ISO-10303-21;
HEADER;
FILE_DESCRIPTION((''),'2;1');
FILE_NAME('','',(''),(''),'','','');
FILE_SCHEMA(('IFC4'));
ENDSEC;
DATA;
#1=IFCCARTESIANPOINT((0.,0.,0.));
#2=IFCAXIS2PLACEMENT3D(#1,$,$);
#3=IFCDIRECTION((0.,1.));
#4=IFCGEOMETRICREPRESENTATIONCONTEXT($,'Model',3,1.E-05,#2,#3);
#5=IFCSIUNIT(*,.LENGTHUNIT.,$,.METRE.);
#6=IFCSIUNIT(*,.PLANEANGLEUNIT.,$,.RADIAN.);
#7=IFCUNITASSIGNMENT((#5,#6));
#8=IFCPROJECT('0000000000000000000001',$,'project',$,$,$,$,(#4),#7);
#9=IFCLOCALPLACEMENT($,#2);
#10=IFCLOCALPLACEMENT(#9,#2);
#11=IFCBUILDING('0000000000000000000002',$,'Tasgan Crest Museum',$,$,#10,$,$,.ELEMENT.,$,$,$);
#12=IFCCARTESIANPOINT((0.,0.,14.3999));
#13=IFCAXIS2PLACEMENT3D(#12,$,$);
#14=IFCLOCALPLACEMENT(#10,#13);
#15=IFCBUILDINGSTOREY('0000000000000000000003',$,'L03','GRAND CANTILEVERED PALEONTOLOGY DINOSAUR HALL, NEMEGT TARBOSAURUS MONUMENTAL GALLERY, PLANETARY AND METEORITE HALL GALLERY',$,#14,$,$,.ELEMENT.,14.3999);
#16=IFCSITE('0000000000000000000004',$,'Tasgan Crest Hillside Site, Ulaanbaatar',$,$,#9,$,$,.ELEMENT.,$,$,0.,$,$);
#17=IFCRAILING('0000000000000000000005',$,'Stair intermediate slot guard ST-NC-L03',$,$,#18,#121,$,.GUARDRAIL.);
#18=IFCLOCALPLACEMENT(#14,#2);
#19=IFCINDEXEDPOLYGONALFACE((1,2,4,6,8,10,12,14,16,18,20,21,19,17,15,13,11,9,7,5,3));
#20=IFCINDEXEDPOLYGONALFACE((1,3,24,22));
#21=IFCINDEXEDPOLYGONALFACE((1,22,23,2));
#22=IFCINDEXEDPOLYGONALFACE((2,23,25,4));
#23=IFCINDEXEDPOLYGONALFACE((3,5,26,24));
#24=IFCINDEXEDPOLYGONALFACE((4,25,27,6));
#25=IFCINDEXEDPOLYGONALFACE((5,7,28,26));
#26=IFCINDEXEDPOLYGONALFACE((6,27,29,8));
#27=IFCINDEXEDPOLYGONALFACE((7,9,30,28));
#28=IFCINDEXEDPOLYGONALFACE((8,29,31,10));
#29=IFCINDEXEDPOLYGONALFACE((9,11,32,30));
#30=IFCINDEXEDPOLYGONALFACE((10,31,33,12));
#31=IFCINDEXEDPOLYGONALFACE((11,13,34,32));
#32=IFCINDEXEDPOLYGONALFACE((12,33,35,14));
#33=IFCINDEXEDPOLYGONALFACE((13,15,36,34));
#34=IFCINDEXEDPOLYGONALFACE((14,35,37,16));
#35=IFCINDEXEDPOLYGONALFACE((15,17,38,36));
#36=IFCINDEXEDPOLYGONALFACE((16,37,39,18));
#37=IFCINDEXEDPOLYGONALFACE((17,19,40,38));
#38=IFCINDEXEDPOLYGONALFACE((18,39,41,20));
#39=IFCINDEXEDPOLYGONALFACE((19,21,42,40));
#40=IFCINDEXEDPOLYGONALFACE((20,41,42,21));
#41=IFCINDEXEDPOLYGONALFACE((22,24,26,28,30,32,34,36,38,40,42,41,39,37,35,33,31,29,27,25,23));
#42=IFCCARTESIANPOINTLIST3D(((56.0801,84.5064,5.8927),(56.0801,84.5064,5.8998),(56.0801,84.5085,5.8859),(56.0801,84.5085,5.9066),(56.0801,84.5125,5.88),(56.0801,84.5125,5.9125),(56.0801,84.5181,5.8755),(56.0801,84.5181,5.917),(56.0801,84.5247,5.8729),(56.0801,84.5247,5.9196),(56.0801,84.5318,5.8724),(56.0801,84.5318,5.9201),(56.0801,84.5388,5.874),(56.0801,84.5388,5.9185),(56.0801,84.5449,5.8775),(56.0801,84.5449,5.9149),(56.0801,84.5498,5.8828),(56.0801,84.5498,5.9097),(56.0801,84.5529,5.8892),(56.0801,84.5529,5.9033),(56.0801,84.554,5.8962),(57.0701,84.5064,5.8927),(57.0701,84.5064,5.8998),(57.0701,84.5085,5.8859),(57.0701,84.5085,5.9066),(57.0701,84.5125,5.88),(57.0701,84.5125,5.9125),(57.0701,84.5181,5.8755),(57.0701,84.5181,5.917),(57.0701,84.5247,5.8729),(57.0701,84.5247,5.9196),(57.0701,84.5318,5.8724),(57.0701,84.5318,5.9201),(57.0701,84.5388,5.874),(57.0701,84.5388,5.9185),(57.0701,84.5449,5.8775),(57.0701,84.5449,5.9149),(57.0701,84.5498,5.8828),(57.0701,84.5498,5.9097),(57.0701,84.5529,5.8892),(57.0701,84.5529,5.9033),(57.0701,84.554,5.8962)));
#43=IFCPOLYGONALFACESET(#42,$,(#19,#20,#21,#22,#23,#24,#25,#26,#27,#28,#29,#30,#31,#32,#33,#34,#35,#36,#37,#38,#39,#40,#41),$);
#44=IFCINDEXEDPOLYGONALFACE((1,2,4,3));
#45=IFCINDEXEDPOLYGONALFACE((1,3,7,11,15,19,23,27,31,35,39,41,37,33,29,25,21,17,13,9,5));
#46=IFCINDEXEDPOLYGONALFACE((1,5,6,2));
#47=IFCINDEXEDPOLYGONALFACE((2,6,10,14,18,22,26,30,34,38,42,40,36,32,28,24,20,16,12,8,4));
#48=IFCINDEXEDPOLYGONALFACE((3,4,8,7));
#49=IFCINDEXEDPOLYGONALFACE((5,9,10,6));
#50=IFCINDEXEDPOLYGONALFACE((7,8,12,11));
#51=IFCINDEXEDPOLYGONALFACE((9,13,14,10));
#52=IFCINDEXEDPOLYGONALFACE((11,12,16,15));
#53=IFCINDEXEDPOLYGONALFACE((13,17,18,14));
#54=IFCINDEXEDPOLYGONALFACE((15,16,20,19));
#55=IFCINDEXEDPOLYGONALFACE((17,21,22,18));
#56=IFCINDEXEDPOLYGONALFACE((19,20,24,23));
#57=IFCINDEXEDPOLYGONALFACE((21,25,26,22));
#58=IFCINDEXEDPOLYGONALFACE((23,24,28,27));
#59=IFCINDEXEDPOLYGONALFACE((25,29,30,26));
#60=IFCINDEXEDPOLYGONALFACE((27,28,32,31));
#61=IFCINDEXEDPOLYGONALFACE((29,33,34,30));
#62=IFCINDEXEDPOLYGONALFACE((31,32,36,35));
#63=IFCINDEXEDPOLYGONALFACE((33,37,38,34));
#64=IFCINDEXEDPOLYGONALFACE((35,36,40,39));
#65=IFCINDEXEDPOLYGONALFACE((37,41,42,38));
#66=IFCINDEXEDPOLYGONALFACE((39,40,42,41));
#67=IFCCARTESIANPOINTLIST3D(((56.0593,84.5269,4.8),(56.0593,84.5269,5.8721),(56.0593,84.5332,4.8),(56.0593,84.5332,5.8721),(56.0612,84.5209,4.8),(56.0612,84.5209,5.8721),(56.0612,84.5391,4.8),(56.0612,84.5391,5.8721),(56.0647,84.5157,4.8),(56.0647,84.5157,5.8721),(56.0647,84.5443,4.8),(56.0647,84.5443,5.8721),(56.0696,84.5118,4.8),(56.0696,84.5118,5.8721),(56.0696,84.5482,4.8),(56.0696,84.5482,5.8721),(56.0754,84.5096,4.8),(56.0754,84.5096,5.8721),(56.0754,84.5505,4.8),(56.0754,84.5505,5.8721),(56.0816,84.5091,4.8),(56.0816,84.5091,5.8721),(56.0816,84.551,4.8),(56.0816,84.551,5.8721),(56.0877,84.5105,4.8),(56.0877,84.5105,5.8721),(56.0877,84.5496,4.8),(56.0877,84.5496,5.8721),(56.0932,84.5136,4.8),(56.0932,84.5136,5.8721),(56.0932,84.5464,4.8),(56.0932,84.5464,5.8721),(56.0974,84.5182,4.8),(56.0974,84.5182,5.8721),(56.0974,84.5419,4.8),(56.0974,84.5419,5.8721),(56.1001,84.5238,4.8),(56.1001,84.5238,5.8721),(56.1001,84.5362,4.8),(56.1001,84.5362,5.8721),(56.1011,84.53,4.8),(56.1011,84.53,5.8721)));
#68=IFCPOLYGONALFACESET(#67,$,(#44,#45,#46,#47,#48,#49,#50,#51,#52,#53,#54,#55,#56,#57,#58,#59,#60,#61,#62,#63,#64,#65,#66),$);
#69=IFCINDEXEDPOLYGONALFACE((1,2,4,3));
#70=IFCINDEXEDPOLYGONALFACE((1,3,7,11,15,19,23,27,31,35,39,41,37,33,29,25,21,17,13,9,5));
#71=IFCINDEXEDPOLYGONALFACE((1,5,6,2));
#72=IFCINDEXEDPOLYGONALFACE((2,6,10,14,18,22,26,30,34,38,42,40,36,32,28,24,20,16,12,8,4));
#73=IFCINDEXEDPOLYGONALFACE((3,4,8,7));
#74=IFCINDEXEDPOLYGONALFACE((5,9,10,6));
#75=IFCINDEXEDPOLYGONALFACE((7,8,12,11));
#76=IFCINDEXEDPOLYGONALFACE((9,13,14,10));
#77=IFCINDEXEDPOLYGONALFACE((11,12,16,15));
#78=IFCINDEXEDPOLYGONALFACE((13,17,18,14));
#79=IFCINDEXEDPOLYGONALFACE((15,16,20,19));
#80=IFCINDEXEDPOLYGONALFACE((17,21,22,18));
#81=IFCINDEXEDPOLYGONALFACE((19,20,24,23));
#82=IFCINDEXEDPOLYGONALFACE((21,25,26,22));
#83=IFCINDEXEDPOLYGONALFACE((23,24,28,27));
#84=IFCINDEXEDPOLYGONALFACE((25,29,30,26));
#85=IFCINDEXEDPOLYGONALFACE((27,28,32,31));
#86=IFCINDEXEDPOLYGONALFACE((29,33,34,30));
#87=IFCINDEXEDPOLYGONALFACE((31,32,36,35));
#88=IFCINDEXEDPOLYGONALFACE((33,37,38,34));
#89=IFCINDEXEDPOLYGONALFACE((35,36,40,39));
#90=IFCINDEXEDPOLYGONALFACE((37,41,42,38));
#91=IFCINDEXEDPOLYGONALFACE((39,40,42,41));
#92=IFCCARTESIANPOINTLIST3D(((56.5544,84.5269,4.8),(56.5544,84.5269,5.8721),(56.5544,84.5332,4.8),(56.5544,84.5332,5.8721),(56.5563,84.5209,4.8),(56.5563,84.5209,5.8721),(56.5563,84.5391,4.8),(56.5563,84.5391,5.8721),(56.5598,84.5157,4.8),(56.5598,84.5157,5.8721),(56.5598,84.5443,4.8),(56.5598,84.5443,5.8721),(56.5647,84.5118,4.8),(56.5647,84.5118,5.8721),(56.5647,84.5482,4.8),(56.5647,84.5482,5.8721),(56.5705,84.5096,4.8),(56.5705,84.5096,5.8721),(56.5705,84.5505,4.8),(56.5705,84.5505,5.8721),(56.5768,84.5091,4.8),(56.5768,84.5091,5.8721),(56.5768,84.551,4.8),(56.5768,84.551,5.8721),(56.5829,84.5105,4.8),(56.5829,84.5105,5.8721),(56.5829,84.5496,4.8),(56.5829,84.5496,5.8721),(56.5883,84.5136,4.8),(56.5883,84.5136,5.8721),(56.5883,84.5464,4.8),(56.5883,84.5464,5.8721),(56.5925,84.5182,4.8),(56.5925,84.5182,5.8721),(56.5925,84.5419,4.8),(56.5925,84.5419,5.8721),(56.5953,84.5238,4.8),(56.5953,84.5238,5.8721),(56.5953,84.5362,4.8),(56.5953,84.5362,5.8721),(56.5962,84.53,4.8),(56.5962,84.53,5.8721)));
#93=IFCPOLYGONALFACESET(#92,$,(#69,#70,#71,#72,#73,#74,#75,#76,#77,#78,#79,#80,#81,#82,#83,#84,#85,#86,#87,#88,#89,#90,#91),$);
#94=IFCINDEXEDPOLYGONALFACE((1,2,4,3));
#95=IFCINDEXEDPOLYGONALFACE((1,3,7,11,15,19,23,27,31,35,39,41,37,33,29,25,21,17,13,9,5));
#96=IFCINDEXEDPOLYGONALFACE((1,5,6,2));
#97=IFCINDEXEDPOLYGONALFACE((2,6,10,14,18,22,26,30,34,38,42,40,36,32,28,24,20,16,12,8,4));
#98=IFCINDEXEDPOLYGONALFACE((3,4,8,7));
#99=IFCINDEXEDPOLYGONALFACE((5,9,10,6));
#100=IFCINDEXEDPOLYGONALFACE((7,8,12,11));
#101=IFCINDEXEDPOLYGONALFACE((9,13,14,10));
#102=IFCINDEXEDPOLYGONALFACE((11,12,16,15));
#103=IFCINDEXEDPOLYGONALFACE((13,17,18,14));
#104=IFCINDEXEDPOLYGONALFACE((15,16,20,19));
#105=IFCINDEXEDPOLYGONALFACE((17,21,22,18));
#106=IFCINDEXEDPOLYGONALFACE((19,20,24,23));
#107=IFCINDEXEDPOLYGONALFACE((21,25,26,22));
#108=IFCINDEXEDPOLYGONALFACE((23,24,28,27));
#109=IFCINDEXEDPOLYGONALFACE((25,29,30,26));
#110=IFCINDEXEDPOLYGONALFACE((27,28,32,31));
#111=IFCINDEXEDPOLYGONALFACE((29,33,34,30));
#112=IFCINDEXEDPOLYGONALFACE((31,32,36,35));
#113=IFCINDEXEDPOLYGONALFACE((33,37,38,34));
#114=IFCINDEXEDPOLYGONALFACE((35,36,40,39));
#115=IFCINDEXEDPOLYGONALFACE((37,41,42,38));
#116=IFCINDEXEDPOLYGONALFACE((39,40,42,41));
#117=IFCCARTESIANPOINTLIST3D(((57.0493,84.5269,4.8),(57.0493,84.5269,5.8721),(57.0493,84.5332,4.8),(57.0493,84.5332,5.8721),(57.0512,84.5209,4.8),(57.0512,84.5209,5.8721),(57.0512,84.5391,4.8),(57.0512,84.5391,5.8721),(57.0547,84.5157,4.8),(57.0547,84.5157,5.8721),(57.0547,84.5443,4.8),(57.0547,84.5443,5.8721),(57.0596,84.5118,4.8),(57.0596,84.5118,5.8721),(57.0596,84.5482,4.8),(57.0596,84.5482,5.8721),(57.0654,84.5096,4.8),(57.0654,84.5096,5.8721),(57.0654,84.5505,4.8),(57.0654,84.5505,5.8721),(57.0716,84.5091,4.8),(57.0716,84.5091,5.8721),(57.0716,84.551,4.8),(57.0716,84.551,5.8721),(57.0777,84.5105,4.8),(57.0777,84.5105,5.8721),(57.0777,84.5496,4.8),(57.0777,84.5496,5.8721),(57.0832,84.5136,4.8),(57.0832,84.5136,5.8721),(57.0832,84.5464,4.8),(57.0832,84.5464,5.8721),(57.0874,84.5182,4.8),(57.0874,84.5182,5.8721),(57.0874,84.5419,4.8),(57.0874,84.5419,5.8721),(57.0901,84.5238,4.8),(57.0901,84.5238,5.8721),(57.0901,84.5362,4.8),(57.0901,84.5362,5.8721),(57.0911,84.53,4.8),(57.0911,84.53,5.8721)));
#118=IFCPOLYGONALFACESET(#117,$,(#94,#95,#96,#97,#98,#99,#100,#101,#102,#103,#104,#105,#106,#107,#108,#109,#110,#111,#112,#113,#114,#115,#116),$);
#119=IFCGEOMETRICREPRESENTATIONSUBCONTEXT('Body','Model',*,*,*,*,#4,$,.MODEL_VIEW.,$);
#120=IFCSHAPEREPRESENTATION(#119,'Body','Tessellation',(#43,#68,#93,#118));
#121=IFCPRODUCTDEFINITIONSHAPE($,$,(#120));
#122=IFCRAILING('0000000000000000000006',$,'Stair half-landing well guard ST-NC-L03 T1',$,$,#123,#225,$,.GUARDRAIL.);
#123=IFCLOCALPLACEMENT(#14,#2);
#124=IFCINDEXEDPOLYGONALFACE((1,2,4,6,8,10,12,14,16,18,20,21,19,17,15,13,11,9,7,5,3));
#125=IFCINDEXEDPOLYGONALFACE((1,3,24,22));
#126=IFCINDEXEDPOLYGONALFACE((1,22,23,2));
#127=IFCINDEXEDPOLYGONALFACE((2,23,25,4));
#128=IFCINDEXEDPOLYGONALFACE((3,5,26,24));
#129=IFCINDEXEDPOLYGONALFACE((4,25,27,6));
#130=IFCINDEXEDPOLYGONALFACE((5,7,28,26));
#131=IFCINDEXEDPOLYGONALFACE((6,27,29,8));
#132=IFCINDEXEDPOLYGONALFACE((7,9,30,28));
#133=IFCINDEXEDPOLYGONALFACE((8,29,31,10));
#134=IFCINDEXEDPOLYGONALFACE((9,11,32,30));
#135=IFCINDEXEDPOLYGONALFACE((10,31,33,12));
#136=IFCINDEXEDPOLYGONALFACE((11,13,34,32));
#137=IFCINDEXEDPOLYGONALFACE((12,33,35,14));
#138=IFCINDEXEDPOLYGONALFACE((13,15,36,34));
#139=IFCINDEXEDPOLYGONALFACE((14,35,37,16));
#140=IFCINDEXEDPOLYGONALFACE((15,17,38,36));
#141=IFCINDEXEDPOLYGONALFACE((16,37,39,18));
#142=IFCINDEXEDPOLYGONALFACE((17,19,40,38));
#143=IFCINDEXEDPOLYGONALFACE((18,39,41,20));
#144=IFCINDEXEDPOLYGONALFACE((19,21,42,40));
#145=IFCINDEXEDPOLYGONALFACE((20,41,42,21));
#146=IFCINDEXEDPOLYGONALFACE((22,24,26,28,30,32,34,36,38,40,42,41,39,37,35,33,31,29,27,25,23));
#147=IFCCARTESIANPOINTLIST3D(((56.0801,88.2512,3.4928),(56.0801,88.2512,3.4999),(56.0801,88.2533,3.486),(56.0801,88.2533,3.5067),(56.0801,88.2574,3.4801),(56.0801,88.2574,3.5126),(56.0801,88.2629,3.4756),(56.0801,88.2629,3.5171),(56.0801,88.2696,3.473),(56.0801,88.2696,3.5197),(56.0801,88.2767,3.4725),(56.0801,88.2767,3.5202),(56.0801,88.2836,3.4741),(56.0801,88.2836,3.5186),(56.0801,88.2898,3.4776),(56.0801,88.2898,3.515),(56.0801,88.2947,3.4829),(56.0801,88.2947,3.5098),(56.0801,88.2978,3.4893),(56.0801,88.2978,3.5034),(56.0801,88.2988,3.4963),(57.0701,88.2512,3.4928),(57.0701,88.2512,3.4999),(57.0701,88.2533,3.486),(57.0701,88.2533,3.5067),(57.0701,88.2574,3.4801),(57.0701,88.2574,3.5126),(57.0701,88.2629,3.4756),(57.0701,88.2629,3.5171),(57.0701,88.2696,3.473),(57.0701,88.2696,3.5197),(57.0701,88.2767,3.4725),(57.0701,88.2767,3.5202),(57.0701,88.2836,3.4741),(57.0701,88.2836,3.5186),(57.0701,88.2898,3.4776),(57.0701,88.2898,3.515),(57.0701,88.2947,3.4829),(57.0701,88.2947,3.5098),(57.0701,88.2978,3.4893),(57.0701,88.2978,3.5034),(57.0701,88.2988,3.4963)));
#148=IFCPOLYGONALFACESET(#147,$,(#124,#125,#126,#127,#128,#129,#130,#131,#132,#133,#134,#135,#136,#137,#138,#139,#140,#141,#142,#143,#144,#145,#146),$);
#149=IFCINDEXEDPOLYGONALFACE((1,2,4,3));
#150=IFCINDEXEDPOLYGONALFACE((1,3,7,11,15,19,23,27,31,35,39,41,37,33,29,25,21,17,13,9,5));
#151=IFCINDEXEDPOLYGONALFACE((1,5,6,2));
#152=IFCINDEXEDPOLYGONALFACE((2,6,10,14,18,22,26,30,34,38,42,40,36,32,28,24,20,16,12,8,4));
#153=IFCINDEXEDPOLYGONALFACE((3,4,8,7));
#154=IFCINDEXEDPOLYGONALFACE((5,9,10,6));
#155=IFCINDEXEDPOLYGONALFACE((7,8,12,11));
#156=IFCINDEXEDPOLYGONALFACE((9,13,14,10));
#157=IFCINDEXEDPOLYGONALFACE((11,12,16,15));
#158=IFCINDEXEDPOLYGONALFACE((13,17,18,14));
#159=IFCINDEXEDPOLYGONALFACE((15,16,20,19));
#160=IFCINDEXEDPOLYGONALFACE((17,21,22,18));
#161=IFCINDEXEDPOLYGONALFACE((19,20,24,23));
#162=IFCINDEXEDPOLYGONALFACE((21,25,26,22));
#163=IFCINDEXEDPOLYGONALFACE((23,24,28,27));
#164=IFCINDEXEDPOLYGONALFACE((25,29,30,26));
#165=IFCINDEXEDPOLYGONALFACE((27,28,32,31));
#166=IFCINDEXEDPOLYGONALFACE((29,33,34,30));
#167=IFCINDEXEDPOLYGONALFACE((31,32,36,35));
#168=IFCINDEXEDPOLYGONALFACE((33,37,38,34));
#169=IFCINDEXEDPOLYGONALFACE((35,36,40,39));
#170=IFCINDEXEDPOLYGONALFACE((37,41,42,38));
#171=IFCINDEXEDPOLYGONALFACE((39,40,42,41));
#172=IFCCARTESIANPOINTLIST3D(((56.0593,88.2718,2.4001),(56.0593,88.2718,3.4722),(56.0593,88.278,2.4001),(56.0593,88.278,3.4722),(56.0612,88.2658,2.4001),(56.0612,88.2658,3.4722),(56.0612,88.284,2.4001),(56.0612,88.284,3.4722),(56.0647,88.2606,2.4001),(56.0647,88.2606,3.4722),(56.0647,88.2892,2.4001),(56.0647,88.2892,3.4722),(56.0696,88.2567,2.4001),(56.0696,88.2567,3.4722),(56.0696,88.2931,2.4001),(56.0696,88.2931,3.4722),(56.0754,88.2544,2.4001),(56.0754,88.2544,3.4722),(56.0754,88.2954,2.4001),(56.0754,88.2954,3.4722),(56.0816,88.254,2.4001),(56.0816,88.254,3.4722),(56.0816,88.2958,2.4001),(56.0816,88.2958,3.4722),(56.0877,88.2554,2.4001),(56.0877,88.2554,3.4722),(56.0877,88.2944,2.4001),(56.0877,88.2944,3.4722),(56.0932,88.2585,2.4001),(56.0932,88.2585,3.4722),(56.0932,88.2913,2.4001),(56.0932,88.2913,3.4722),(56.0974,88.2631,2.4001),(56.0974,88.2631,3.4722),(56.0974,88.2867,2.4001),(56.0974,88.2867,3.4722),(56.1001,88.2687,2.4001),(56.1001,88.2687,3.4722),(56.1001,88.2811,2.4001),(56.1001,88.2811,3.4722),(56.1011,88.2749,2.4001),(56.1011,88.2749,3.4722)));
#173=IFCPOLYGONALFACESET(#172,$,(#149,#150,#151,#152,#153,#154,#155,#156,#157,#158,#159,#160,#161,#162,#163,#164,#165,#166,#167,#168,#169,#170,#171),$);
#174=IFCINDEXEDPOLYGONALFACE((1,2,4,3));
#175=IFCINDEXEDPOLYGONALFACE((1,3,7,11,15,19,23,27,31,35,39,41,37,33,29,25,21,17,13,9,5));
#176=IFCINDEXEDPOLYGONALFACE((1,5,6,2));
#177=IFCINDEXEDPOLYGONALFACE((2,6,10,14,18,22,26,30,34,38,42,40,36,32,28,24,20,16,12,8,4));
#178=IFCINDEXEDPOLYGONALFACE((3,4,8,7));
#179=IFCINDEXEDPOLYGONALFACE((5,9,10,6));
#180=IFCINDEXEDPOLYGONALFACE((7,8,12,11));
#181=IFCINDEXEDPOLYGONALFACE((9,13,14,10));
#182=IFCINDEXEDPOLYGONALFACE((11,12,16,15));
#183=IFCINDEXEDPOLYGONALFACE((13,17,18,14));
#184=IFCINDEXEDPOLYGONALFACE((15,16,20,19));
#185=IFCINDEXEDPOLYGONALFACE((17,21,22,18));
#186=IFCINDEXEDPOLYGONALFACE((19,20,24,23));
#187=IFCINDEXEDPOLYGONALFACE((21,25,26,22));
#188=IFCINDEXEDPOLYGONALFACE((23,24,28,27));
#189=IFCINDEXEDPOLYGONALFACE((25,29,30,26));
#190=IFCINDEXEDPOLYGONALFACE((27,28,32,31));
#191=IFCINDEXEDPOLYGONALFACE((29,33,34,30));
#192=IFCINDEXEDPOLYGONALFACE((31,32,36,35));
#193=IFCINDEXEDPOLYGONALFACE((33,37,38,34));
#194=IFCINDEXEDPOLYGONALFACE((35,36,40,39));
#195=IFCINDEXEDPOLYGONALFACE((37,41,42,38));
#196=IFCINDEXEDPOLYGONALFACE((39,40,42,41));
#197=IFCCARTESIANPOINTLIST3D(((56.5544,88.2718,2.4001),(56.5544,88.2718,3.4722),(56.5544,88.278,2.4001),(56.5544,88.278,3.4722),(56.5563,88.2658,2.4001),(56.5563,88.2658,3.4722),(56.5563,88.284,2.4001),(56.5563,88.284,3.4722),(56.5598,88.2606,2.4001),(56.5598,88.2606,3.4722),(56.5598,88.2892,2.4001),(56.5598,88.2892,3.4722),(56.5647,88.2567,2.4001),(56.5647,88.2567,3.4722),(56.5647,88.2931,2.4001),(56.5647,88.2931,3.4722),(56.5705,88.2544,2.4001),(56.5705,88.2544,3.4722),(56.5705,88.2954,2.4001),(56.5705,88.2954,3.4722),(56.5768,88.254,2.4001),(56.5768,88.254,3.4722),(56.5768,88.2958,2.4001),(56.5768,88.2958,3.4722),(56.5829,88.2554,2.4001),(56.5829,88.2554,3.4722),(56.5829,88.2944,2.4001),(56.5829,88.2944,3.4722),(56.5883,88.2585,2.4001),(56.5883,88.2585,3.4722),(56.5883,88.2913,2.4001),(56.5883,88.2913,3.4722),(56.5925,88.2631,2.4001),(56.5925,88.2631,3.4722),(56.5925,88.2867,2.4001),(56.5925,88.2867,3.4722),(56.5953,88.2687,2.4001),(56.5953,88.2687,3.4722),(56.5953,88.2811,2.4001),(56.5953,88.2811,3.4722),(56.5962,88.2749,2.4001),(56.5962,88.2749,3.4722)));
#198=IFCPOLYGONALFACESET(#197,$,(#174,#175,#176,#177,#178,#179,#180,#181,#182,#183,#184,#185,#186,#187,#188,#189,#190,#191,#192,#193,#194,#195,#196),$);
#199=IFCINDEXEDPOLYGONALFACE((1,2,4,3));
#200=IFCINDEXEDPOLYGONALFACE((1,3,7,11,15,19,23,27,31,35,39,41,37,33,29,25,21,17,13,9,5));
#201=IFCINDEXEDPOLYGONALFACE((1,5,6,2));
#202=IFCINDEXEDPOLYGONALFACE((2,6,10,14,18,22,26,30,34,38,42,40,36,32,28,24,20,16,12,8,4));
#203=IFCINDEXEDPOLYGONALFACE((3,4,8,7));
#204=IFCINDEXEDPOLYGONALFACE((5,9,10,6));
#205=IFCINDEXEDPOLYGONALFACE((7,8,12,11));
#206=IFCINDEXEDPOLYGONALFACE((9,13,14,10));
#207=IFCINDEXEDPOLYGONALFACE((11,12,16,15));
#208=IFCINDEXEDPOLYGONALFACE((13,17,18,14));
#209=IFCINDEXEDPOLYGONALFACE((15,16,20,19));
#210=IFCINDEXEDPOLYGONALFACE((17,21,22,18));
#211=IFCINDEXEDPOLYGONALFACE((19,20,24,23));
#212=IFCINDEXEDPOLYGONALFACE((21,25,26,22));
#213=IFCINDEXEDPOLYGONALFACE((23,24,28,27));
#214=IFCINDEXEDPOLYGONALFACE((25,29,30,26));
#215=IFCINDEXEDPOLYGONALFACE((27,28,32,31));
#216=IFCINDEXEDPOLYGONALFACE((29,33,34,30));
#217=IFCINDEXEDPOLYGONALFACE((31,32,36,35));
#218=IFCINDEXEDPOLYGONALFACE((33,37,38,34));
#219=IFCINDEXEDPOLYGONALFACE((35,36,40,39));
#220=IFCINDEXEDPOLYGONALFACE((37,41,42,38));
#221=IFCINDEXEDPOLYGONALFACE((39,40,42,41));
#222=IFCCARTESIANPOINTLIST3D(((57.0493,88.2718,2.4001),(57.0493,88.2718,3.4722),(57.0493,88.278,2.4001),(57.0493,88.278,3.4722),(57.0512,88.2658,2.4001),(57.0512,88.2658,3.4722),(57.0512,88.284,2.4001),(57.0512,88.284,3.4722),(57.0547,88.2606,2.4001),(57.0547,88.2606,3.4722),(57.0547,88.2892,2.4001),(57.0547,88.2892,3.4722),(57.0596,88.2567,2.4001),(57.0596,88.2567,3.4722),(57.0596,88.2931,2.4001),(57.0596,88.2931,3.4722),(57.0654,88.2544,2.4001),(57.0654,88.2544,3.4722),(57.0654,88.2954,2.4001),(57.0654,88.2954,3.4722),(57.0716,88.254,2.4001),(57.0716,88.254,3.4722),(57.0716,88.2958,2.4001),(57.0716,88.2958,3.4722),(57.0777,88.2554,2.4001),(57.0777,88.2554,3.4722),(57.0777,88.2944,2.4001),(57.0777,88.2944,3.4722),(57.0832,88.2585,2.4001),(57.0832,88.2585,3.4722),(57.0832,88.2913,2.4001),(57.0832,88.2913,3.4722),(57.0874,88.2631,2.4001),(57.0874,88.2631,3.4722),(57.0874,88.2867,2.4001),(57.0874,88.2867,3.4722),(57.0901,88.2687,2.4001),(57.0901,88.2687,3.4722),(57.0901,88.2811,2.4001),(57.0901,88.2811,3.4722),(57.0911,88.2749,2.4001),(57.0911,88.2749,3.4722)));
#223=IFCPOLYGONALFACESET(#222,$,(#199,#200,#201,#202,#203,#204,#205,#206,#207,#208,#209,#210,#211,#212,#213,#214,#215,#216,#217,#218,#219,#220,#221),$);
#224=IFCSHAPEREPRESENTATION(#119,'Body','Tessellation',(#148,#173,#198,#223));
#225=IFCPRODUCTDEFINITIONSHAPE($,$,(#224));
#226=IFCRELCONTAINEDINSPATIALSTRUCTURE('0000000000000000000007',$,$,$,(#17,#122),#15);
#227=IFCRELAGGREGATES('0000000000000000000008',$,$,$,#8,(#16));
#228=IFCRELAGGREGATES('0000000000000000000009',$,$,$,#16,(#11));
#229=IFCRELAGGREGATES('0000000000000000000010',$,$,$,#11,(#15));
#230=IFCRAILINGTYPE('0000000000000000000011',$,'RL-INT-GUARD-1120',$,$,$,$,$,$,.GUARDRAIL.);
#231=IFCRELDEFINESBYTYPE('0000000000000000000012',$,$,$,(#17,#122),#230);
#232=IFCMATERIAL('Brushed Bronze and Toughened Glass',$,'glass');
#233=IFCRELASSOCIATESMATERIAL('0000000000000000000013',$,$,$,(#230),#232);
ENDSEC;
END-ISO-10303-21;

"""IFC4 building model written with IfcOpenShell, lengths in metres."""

from ifc_helpers import new_model, si_unit, direction, frame, origin, origin_2d, place, context, subcontext, project, spatial, circle, extrude, material, type_object, element, save


model = new_model("IFC4")

# Units and contexts
model_context = context("Model", 3, precision=1e-05, world=origin(), true_north=direction((0.0, 1.0)))
body_context = subcontext(model_context, "Body", "Model", "MODEL_VIEW")
ifc_project = project(units=[si_unit("LENGTHUNIT", "METRE"), si_unit("PLANEANGLEUNIT", "RADIAN")], contexts=[model_context])

# Site, building, storey
site_placement = place(None, origin())
site = spatial("IfcSite", under=ifc_project, at=site_placement, Name="Tasgan Crest Hillside Site, Ulaanbaatar", CompositionType="ELEMENT", RefElevation=0.0)
building_placement = place(site_placement, origin())
building = spatial("IfcBuilding", under=site, at=building_placement, Name="Tasgan Crest Museum", CompositionType="ELEMENT")
storey_placement = place(building_placement, frame((0.0, 0.0, 14.3999)))
storey = spatial("IfcBuildingStorey", under=building, at=storey_placement, Name="L03", Description="GRAND CANTILEVERED PALEONTOLOGY DINOSAUR HALL, NEMEGT TARBOSAURUS MONUMENTAL GALLERY, PLANETARY AND METEORITE HALL GALLERY", CompositionType="ELEMENT", Elevation=14.3999)

# Railings
ifc_material_1 = material(Name="Brushed Bronze and Toughened Glass", Category="glass")
railing_type_1 = type_object("IfcRailingType", Name="RL-INT-GUARD-1120", PredefinedType="GUARDRAIL", material=ifc_material_1)
for number, where, name in (
    (1, (56.0801, 84.53, 4.8), "Stair intermediate slot guard ST-NC-L03"),
    (2, (56.0801, 88.2749, 2.4001), "Stair half-landing well guard ST-NC-L03 T1"),
):
    element("IfcRailing", number, at=place(storey_placement, frame(where)), inside=storey, type_object=railing_type_1, Name=name, PredefinedType="GUARDRAIL", context=body_context, shape_type="SweptSolid", body=[
        extrude(circle(Radius=0.0239, at=origin_2d()), frame((0.0, 0.0, 1.0962), z_axis=(1.0, 0.0, 0.0), x_axis=(0.0, 1.0, 0.0)), (0.0, 0.0, 1.0), 0.99),
        extrude(circle(Radius=0.021, at=origin_2d()), origin(), (0.0, 0.0, 1.0), 1.072),
        extrude(circle(Radius=0.021, at=origin_2d()), frame((0.4951, 0.0, 0.0)), (0.0, 0.0, 1.0), 1.072),
        extrude(circle(Radius=0.021, at=origin_2d()), frame((0.99, 0.0, 0.0)), (0.0, 0.0, 1.0), 1.072),
    ])

save(model, "model.ifc")
